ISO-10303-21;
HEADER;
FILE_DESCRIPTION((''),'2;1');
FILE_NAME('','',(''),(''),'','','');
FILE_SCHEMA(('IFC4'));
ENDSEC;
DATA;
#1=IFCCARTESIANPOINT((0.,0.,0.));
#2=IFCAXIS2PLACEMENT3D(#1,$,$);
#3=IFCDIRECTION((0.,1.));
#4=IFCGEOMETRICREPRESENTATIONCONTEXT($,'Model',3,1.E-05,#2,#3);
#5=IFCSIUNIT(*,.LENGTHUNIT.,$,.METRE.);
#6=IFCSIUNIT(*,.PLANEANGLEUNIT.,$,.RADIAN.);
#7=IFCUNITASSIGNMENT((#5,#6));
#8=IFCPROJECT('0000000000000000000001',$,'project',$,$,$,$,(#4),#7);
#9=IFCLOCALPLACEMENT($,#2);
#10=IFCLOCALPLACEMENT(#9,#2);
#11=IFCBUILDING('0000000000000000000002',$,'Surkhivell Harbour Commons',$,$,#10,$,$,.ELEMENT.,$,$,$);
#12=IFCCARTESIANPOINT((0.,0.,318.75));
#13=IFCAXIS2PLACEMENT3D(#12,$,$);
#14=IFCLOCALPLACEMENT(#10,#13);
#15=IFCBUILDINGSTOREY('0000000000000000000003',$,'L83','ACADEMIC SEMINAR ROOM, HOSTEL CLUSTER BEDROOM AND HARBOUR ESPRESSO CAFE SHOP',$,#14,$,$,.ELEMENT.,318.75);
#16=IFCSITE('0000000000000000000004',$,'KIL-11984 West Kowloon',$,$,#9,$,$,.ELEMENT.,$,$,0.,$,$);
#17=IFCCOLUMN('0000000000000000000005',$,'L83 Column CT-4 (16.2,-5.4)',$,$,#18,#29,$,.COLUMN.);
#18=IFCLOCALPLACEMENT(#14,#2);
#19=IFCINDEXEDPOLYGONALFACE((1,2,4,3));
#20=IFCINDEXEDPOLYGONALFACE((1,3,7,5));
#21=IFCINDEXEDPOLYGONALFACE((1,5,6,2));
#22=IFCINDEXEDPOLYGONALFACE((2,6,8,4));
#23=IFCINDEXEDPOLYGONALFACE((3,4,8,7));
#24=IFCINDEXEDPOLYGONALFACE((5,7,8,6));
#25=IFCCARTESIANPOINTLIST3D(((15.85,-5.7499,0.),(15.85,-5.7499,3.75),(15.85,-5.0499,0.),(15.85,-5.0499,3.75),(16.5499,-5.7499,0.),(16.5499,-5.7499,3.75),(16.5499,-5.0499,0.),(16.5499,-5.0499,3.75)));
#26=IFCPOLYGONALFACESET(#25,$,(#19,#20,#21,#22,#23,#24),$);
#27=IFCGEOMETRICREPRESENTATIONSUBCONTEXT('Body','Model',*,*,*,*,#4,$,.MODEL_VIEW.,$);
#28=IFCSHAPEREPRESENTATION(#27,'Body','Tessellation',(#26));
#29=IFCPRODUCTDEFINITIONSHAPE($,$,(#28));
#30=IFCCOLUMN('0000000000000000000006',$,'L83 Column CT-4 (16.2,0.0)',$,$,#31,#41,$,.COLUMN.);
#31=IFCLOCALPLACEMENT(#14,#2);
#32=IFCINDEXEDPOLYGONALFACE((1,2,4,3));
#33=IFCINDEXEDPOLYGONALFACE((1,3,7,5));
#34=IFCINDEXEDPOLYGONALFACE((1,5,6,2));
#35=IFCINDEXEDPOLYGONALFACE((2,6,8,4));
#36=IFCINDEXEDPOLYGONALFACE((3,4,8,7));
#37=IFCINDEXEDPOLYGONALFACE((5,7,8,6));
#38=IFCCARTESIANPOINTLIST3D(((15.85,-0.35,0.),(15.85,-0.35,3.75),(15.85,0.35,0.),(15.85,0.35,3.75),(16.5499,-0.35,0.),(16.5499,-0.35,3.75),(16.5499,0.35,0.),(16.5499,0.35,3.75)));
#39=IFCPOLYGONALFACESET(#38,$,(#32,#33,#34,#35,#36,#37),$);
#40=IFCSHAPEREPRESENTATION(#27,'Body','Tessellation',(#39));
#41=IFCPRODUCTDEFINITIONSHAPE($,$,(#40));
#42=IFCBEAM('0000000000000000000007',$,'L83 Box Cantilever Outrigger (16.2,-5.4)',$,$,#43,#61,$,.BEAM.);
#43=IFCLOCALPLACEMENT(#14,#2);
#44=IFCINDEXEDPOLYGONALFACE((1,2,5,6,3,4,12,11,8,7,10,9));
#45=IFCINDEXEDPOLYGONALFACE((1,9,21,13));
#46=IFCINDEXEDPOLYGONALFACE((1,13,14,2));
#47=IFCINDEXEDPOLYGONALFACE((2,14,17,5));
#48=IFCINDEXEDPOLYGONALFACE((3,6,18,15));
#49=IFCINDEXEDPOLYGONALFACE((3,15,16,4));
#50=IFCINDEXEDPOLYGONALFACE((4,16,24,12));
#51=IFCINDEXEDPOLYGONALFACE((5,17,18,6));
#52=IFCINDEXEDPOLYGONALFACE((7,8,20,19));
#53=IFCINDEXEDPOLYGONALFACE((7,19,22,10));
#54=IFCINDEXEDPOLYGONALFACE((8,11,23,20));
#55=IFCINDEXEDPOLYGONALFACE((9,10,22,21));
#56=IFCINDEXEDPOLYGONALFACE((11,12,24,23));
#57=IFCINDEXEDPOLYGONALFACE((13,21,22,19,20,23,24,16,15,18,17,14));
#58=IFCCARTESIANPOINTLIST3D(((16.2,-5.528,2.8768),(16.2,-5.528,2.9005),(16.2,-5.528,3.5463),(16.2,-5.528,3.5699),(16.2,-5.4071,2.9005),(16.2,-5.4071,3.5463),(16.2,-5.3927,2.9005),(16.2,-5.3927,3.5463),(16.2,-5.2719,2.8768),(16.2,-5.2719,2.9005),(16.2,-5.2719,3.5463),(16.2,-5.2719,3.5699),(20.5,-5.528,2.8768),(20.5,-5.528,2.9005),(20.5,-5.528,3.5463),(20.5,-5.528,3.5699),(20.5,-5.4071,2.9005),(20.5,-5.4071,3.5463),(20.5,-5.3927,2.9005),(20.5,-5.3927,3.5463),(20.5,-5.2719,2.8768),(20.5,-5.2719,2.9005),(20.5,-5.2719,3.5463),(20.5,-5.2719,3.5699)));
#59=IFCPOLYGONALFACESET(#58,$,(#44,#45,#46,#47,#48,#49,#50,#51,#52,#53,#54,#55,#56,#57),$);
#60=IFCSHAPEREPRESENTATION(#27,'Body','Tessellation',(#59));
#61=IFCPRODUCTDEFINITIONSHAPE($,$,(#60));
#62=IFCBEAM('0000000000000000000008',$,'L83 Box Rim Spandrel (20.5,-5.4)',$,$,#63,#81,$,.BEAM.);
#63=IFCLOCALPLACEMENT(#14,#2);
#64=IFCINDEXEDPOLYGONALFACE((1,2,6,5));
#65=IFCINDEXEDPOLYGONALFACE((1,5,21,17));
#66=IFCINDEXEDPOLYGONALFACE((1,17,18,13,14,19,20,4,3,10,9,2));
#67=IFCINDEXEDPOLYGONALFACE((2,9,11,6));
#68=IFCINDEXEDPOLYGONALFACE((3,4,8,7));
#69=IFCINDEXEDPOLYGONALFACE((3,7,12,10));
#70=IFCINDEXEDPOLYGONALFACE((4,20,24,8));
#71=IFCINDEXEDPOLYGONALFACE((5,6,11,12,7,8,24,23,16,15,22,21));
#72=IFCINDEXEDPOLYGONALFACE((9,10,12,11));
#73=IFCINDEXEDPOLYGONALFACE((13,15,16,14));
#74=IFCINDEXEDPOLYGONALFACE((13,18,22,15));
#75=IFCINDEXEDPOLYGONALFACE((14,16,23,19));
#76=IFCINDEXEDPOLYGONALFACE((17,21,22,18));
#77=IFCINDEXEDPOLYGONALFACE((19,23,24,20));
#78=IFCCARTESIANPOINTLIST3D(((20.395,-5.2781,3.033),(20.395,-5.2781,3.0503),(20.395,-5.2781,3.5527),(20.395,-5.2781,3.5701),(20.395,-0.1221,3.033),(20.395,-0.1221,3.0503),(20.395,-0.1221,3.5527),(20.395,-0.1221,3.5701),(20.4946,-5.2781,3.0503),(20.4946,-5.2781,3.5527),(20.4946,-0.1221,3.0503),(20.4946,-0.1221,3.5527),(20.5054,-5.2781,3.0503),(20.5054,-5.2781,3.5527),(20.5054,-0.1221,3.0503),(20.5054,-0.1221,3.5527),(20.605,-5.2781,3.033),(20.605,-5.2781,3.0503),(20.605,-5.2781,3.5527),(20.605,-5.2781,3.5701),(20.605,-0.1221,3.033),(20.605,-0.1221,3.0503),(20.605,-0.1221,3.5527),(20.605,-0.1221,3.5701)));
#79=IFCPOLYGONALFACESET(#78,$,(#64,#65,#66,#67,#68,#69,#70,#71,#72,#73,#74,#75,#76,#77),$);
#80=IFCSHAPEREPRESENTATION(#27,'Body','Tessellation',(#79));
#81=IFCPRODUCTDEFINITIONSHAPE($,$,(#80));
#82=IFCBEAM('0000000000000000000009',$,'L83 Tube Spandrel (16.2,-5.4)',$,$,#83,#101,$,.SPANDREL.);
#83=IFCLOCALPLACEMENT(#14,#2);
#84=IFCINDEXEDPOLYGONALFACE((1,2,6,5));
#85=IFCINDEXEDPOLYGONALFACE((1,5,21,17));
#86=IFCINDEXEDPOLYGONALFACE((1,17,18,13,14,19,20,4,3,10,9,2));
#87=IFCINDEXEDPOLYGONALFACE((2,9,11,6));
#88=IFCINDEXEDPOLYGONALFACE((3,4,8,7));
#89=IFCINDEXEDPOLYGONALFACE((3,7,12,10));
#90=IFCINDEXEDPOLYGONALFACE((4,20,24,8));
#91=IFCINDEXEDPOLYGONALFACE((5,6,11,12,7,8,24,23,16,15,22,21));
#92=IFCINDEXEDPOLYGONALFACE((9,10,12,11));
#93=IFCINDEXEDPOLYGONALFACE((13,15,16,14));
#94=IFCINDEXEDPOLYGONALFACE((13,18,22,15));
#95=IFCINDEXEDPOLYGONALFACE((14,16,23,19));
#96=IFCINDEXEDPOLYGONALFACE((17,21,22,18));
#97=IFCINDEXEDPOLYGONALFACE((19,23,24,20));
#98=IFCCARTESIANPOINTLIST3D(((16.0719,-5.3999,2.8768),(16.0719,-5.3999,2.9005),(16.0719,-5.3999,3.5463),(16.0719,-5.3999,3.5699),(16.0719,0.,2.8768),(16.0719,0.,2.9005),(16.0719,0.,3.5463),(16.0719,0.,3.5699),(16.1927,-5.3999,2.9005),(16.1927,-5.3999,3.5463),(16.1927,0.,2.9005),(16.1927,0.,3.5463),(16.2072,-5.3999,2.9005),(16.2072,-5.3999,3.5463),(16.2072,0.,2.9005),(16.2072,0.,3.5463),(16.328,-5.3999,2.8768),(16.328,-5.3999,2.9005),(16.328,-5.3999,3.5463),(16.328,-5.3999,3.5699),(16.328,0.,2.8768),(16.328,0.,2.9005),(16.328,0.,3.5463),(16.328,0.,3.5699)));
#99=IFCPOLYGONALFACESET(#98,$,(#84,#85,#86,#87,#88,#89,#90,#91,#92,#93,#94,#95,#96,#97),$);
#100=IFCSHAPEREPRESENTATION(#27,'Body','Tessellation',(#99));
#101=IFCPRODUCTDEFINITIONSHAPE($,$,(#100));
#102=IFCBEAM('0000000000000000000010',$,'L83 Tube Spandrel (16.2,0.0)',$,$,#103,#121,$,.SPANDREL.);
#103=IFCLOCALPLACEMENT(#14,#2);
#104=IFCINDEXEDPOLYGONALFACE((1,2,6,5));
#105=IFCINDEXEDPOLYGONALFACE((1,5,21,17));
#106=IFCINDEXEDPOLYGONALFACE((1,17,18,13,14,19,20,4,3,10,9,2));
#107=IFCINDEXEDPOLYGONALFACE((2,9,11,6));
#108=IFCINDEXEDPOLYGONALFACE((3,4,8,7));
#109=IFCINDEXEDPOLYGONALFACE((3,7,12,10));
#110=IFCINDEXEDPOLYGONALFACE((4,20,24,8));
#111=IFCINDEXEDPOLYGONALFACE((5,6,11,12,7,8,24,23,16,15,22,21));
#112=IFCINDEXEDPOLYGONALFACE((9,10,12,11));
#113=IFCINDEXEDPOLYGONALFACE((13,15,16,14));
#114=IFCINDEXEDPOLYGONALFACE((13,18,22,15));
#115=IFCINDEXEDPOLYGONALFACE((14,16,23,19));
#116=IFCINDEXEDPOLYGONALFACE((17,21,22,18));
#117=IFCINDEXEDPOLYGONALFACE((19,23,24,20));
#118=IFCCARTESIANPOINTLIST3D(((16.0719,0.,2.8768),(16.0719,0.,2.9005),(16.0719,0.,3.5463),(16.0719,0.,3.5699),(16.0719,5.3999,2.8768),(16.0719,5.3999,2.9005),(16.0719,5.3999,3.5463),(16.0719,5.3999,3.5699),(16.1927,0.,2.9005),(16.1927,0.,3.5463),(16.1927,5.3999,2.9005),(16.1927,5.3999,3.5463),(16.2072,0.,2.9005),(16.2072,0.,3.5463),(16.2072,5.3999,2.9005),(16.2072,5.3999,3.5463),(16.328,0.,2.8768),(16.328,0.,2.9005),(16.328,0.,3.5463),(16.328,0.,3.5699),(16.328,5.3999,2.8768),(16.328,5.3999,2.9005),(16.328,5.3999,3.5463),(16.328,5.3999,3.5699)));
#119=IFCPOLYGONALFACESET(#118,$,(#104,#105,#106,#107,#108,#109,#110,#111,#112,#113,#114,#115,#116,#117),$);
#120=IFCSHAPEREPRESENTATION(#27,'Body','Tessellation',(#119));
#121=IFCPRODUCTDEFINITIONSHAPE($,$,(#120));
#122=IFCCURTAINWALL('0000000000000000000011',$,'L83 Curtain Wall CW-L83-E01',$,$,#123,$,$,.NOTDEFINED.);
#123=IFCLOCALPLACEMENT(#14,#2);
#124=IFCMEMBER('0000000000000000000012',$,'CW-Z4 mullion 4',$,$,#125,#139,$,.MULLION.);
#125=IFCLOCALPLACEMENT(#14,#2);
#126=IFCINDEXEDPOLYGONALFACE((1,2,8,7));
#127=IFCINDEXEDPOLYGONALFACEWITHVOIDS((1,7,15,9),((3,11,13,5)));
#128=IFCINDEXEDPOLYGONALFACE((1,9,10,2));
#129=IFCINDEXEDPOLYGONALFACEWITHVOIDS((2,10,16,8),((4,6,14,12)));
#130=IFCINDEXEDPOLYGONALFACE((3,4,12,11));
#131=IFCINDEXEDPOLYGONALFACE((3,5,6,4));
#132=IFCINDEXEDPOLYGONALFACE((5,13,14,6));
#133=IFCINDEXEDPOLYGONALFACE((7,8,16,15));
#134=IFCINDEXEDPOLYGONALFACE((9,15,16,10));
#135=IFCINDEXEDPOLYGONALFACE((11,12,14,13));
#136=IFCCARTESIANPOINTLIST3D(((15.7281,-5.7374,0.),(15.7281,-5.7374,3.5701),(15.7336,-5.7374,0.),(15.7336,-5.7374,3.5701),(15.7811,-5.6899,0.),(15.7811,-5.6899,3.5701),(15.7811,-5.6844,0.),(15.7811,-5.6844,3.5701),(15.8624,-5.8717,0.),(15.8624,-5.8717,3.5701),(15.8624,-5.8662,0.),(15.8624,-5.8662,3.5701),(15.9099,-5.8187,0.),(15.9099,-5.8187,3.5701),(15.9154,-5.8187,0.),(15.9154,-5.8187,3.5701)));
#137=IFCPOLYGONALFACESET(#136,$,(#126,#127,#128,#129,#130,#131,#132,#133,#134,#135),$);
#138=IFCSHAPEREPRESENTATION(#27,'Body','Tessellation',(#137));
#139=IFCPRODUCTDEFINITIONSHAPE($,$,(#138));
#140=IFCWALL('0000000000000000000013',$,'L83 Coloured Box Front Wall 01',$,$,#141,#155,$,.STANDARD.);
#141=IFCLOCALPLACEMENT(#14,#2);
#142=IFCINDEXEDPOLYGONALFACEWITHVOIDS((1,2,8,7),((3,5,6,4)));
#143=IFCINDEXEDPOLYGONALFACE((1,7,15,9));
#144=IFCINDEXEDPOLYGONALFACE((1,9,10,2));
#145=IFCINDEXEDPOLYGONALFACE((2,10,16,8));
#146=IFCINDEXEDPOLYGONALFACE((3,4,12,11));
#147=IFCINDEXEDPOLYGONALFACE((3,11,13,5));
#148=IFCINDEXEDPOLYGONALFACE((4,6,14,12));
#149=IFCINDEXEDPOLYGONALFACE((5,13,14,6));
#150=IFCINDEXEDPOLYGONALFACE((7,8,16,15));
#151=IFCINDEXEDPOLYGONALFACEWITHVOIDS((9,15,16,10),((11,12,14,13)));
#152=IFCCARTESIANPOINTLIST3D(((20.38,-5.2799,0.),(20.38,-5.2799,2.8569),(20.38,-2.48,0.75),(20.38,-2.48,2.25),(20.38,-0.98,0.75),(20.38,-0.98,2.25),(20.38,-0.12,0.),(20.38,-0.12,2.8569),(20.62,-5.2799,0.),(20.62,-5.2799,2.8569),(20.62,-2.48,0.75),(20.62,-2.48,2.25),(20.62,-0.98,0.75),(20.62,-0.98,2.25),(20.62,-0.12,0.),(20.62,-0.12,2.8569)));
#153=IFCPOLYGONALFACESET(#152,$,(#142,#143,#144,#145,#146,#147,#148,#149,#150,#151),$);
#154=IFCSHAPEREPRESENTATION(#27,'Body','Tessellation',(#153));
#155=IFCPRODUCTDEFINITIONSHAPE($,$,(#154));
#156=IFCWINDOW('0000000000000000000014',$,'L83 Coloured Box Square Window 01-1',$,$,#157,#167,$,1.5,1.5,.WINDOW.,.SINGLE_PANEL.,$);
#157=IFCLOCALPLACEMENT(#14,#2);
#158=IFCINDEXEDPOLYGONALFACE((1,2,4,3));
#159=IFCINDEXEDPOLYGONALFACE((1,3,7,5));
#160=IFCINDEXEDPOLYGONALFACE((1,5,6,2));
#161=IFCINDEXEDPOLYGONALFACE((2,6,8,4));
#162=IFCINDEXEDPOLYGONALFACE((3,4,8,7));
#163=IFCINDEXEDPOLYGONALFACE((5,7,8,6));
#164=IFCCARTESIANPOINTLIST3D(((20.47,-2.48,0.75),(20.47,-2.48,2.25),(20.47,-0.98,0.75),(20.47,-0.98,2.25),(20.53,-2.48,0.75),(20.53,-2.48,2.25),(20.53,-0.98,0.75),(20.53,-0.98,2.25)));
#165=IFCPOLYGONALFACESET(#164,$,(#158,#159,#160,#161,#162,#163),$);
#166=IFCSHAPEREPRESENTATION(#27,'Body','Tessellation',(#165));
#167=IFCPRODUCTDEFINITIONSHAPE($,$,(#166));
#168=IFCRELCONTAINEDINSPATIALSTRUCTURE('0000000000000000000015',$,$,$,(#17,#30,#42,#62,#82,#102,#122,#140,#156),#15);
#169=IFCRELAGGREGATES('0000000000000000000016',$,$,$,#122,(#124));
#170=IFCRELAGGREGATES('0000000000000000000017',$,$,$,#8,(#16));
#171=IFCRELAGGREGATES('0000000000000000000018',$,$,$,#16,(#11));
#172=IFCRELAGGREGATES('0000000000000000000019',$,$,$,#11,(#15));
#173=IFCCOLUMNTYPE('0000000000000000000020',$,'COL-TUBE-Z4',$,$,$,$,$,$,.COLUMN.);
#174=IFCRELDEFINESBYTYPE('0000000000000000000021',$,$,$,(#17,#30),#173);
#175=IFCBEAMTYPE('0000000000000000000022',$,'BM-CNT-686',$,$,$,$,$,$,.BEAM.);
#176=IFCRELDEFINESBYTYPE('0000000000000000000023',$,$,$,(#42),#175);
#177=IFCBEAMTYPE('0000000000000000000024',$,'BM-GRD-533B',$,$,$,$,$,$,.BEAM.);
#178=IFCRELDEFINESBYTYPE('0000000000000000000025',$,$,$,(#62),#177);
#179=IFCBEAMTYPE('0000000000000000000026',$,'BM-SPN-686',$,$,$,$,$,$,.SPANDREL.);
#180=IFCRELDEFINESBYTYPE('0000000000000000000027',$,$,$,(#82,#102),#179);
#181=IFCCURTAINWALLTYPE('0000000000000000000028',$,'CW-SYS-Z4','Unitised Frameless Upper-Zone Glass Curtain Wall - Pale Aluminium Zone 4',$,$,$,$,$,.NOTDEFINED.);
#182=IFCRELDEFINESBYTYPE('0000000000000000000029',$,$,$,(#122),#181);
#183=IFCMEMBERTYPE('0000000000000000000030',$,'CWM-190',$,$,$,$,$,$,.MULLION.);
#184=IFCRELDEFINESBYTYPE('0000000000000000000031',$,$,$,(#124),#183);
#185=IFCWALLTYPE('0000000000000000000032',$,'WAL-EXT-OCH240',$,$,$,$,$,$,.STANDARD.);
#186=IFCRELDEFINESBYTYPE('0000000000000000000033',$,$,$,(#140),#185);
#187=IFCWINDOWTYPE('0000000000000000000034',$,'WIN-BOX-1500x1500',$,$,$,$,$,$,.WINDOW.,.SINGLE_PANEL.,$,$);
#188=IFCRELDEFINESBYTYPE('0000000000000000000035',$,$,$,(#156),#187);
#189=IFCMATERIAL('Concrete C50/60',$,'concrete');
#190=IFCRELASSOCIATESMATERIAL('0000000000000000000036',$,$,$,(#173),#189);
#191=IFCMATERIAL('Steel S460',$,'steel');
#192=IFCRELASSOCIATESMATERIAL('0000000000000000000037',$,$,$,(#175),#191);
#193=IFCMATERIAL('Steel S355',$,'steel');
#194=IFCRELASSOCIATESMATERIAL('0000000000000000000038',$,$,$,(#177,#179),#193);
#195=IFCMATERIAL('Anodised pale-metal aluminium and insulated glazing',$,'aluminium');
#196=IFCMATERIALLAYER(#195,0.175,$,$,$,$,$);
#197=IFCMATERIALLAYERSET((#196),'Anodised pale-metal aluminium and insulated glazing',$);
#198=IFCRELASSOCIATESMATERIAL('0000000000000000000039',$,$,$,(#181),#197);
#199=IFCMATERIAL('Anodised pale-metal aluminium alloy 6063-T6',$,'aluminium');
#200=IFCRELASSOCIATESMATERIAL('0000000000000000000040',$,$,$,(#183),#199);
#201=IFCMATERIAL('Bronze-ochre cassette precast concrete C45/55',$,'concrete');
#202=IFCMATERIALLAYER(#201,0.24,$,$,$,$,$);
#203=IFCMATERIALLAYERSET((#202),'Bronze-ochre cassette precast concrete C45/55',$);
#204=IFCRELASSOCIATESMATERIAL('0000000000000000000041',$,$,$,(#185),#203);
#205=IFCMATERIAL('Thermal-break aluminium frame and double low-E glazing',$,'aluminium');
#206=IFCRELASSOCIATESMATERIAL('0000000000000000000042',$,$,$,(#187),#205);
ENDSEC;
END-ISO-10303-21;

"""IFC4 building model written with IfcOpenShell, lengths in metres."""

from ifc_helpers import new_model, si_unit, direction, frame, frame_2d, origin, origin_2d, place, context, subcontext, project, spatial, rectangle, hollow_rectangle, i_section, extrude, material, layer, layer_set, material_profile, profile_set, type_object, element, fill, aggregate, save


model = new_model("IFC4")

# Units and contexts
model_context = context("Model", 3, precision=1e-05, world=origin(), true_north=direction((0.0, 1.0)))
body_context = subcontext(model_context, "Body", "Model", "MODEL_VIEW")
ifc_project = project(units=[si_unit("LENGTHUNIT", "METRE"), si_unit("PLANEANGLEUNIT", "RADIAN")], contexts=[model_context])

# Site, building, storey
site_placement = place(None, origin())
site = spatial("IfcSite", under=ifc_project, at=site_placement, Name="KIL-11984 West Kowloon", CompositionType="ELEMENT", RefElevation=0.0)
building_placement = place(site_placement, origin())
building = spatial("IfcBuilding", under=site, at=building_placement, Name="Surkhivell Harbour Commons", CompositionType="ELEMENT")
storey_placement = place(building_placement, frame((0.0, 0.0, 318.75)))
storey = spatial("IfcBuildingStorey", under=building, at=storey_placement, Name="L83", Description="ACADEMIC SEMINAR ROOM, HOSTEL CLUSTER BEDROOM AND HARBOUR ESPRESSO CAFE SHOP", CompositionType="ELEMENT", Elevation=318.75)

# Columns
ifc_material_1 = material(Name="Concrete C50/60", Category="concrete")
ifc_material_profile_1 = material_profile(ifc_material_1, rectangle(XDim=0.7, YDim=0.7, at=origin_2d()), Name="RC-COL-700x700")
ifc_profile_set_1 = profile_set([ifc_material_profile_1], Name="Concrete C50/60")
column_type = type_object("IfcColumnType", Name="COL-TUBE-Z4", PredefinedType="COLUMN", material=ifc_profile_set_1)
for number, where, z_axis, x_axis, name in (
    (1, (16.2, -5.3999, 0.0), (0.0, 0.0, 1.0), (1.0, 0.0, 0.0), "L83 Column CT-4 (16.2,-5.4)"),
    (2, (16.2, 0.0, 0.0), (0.0, 0.0, 1.0), (1.0, 0.0, 0.0), "L83 Column CT-4 (16.2,0.0)"),
):
    element("IfcColumn", number, at=place(storey_placement, frame(where, z_axis=z_axis, x_axis=x_axis)), inside=storey, type_object=column_type, Name=name, PredefinedType="COLUMN", context=body_context, shape_type="SweptSolid", body=[
        extrude(rectangle(XDim=0.7, YDim=0.7, at=origin_2d()), origin(), (0.0, 0.0, 1.0), 3.75),
    ])

# Beams
ifc_material_2 = material(Name="Steel S460", Category="steel")
ifc_material_profile_2 = material_profile(ifc_material_2, i_section(OverallWidth=0.2561, OverallDepth=0.6931, WebThickness=0.0144, FlangeThickness=0.0237, at=origin_2d()), Name="UB686x254x170")
ifc_profile_set_2 = profile_set([ifc_material_profile_2], Name="Steel S460")
beam_type_1 = type_object("IfcBeamType", Name="BM-CNT-686", PredefinedType="BEAM", material=ifc_profile_set_2)
beam_1_placement = place(storey_placement, frame((16.2, -5.3999, 3.2234), z_axis=(1.0, 0.0, 0.0), x_axis=(0.0, 1.0, 0.0)))
element("IfcBeam", 3, at=beam_1_placement, inside=storey, type_object=beam_type_1, Name="L83 Box Cantilever Outrigger (16.2,-5.4)", PredefinedType="BEAM", context=body_context, shape_type="SweptSolid", body=[
    extrude(i_section(OverallWidth=0.2561, OverallDepth=0.6931, WebThickness=0.0144, FlangeThickness=0.0237, at=origin_2d()), origin(), (0.0, 0.0, 1.0), 4.3),
])
ifc_material_3 = material(Name="Steel S355", Category="steel")
ifc_material_profile_3 = material_profile(ifc_material_3, i_section(OverallWidth=0.21, OverallDepth=0.5371, WebThickness=0.0107, FlangeThickness=0.0173, at=origin_2d()), Name="UB533x210x101")
ifc_profile_set_3 = profile_set([ifc_material_profile_3], Name="Steel S355")
beam_type_2 = type_object("IfcBeamType", Name="BM-GRD-533B", PredefinedType="BEAM", material=ifc_profile_set_3)
beam_2_placement = place(storey_placement, frame((20.5, -5.2781, 3.3015), z_axis=(0.0, 1.0, 0.0), x_axis=(-1.0, 0.0, 0.0)))
element("IfcBeam", 4, at=beam_2_placement, inside=storey, type_object=beam_type_2, Name="L83 Box Rim Spandrel (20.5,-5.4)", PredefinedType="BEAM", context=body_context, shape_type="SweptSolid", body=[
    extrude(i_section(OverallWidth=0.21, OverallDepth=0.5371, WebThickness=0.0107, FlangeThickness=0.0173, at=origin_2d()), origin(), (0.0, 0.0, 1.0), 5.156),
])
ifc_material_profile_4 = material_profile(ifc_material_3, i_section(OverallWidth=0.2561, OverallDepth=0.6931, WebThickness=0.0144, FlangeThickness=0.0237, at=origin_2d()), Name="UB686x254x170")
ifc_profile_set_4 = profile_set([ifc_material_profile_4], Name="Steel S355")
beam_type_3 = type_object("IfcBeamType", Name="BM-SPN-686", PredefinedType="SPANDREL", material=ifc_profile_set_4)
for number, where, z_axis, x_axis, name in (
    (5, (16.2, -5.3999, 3.2234), (0.0, 1.0, 0.0), (-1.0, 0.0, 0.0), "L83 Tube Spandrel (16.2,-5.4)"),
    (6, (16.2, 0.0, 3.2234), (0.0, 1.0, 0.0), (-1.0, 0.0, 0.0), "L83 Tube Spandrel (16.2,0.0)"),
):
    element("IfcBeam", number, at=place(storey_placement, frame(where, z_axis=z_axis, x_axis=x_axis)), inside=storey, type_object=beam_type_3, Name=name, PredefinedType="SPANDREL", context=body_context, shape_type="SweptSolid", body=[
        extrude(i_section(OverallWidth=0.2561, OverallDepth=0.6931, WebThickness=0.0144, FlangeThickness=0.0237, at=origin_2d()), origin(), (0.0, 0.0, 1.0), 5.3999),
    ])

# Curtain wall, member
ifc_material_4 = material(Name="Anodised pale-metal aluminium and insulated glazing", Category="aluminium")
ifc_layer_1 = layer(ifc_material_4, 0.175)
ifc_layer_set_1 = layer_set([ifc_layer_1], Name="Anodised pale-metal aluminium and insulated glazing")
curtain_wall_type = type_object("IfcCurtainWallType", Name="CW-SYS-Z4", Description="Unitised Frameless Upper-Zone Glass Curtain Wall - Pale Aluminium Zone 4", PredefinedType="NOTDEFINED", material=ifc_layer_set_1)
curtain_wall_placement = place(storey_placement, origin())
curtain_wall = element("IfcCurtainWall", 7, at=curtain_wall_placement, inside=storey, type_object=curtain_wall_type, Name="L83 Curtain Wall CW-L83-E01", PredefinedType="NOTDEFINED")
ifc_material_5 = material(Name="Anodised pale-metal aluminium alloy 6063-T6", Category="aluminium")
ifc_material_profile_5 = material_profile(ifc_material_5, hollow_rectangle(XDim=0.075, YDim=0.1899, WallThickness=0.0039, at=origin_2d()), Name="ALU-MULL-75x190")
ifc_profile_set_5 = profile_set([ifc_material_profile_5], Name="Anodised pale-metal aluminium alloy 6063-T6")
member_type = type_object("IfcMemberType", Name="CWM-190", PredefinedType="MULLION", material=ifc_profile_set_5)
member_placement = place(storey_placement, frame((15.8218, -5.7781, 0.0), z_axis=(0.0, 0.0, 1.0), x_axis=(0.707107, 0.707107, 0.0)))
member = element("IfcMember", 8, at=member_placement, type_object=member_type, Name="CW-Z4 mullion 4", PredefinedType="MULLION", context=body_context, shape_type="SweptSolid", body=[
    extrude(hollow_rectangle(XDim=0.075, YDim=0.1899, WallThickness=0.0039, at=origin_2d()), origin(), (0.0, 0.0, 1.0), 3.5701),
])
aggregate(curtain_wall, [member])

# Wall, opening, window
ifc_material_6 = material(Name="Bronze-ochre cassette precast concrete C45/55", Category="concrete")
ifc_layer_2 = layer(ifc_material_6, 0.24)
ifc_layer_set_2 = layer_set([ifc_layer_2], Name="Bronze-ochre cassette precast concrete C45/55")
wall_type = type_object("IfcWallType", Name="WAL-EXT-OCH240", PredefinedType="STANDARD", material=ifc_layer_set_2)
wall_1_placement = place(storey_placement, frame((20.5, -5.28, 0.0), z_axis=(0.0, 0.0, 1.0), x_axis=(0.0, 1.0, 0.0)))
wall_1 = element("IfcWall", 9, at=wall_1_placement, inside=storey, type_object=wall_type, Name="L83 Coloured Box Front Wall 01", PredefinedType="STANDARD", context=body_context, shape_type="SweptSolid", body=[
    extrude(rectangle(XDim=5.1599, YDim=0.24, at=frame_2d((2.5801, 0.0))), origin(), (0.0, 0.0, 1.0), 2.8569),
])
opening_1_placement = place(wall_1_placement, frame((2.8, 0.0, 0.75)))
opening_1 = element("IfcOpeningElement", 10, at=opening_1_placement, cuts=wall_1, PredefinedType="OPENING", context=body_context, shape_type="SweptSolid", body=[
    extrude(rectangle(XDim=1.5, YDim=1.5, at=frame_2d((0.75, 0.75))), frame((0.0, 0.1299, 0.0), z_axis=(0.0, -1.0, 0.0), x_axis=(1.0, 0.0, 0.0)), (0.0, 0.0, 1.0), 0.26),
])
ifc_material_7 = material(Name="Thermal-break aluminium frame and double low-E glazing", Category="aluminium")
window_type_1 = type_object("IfcWindowType", Name="WIN-BOX-1500x1500", PartitioningType="SINGLE_PANEL", PredefinedType="WINDOW", material=ifc_material_7)
window_1_placement = place(opening_1_placement, origin())
window_1 = element("IfcWindow", 11, at=window_1_placement, inside=storey, type_object=window_type_1, Name="L83 Coloured Box Square Window 01-1", OverallHeight=1.5, OverallWidth=1.5, PartitioningType="SINGLE_PANEL", PredefinedType="WINDOW", context=body_context, shape_type="SweptSolid", body=[
    extrude(rectangle(XDim=1.5, YDim=1.5, at=frame_2d((0.75, 0.75))), frame((0.0, 0.03, 0.0), z_axis=(0.0, -1.0, 0.0), x_axis=(1.0, 0.0, 0.0)), (0.0, 0.0, 1.0), 0.0601),
])
fill(opening_1, window_1)

save(model, "model.ifc")
